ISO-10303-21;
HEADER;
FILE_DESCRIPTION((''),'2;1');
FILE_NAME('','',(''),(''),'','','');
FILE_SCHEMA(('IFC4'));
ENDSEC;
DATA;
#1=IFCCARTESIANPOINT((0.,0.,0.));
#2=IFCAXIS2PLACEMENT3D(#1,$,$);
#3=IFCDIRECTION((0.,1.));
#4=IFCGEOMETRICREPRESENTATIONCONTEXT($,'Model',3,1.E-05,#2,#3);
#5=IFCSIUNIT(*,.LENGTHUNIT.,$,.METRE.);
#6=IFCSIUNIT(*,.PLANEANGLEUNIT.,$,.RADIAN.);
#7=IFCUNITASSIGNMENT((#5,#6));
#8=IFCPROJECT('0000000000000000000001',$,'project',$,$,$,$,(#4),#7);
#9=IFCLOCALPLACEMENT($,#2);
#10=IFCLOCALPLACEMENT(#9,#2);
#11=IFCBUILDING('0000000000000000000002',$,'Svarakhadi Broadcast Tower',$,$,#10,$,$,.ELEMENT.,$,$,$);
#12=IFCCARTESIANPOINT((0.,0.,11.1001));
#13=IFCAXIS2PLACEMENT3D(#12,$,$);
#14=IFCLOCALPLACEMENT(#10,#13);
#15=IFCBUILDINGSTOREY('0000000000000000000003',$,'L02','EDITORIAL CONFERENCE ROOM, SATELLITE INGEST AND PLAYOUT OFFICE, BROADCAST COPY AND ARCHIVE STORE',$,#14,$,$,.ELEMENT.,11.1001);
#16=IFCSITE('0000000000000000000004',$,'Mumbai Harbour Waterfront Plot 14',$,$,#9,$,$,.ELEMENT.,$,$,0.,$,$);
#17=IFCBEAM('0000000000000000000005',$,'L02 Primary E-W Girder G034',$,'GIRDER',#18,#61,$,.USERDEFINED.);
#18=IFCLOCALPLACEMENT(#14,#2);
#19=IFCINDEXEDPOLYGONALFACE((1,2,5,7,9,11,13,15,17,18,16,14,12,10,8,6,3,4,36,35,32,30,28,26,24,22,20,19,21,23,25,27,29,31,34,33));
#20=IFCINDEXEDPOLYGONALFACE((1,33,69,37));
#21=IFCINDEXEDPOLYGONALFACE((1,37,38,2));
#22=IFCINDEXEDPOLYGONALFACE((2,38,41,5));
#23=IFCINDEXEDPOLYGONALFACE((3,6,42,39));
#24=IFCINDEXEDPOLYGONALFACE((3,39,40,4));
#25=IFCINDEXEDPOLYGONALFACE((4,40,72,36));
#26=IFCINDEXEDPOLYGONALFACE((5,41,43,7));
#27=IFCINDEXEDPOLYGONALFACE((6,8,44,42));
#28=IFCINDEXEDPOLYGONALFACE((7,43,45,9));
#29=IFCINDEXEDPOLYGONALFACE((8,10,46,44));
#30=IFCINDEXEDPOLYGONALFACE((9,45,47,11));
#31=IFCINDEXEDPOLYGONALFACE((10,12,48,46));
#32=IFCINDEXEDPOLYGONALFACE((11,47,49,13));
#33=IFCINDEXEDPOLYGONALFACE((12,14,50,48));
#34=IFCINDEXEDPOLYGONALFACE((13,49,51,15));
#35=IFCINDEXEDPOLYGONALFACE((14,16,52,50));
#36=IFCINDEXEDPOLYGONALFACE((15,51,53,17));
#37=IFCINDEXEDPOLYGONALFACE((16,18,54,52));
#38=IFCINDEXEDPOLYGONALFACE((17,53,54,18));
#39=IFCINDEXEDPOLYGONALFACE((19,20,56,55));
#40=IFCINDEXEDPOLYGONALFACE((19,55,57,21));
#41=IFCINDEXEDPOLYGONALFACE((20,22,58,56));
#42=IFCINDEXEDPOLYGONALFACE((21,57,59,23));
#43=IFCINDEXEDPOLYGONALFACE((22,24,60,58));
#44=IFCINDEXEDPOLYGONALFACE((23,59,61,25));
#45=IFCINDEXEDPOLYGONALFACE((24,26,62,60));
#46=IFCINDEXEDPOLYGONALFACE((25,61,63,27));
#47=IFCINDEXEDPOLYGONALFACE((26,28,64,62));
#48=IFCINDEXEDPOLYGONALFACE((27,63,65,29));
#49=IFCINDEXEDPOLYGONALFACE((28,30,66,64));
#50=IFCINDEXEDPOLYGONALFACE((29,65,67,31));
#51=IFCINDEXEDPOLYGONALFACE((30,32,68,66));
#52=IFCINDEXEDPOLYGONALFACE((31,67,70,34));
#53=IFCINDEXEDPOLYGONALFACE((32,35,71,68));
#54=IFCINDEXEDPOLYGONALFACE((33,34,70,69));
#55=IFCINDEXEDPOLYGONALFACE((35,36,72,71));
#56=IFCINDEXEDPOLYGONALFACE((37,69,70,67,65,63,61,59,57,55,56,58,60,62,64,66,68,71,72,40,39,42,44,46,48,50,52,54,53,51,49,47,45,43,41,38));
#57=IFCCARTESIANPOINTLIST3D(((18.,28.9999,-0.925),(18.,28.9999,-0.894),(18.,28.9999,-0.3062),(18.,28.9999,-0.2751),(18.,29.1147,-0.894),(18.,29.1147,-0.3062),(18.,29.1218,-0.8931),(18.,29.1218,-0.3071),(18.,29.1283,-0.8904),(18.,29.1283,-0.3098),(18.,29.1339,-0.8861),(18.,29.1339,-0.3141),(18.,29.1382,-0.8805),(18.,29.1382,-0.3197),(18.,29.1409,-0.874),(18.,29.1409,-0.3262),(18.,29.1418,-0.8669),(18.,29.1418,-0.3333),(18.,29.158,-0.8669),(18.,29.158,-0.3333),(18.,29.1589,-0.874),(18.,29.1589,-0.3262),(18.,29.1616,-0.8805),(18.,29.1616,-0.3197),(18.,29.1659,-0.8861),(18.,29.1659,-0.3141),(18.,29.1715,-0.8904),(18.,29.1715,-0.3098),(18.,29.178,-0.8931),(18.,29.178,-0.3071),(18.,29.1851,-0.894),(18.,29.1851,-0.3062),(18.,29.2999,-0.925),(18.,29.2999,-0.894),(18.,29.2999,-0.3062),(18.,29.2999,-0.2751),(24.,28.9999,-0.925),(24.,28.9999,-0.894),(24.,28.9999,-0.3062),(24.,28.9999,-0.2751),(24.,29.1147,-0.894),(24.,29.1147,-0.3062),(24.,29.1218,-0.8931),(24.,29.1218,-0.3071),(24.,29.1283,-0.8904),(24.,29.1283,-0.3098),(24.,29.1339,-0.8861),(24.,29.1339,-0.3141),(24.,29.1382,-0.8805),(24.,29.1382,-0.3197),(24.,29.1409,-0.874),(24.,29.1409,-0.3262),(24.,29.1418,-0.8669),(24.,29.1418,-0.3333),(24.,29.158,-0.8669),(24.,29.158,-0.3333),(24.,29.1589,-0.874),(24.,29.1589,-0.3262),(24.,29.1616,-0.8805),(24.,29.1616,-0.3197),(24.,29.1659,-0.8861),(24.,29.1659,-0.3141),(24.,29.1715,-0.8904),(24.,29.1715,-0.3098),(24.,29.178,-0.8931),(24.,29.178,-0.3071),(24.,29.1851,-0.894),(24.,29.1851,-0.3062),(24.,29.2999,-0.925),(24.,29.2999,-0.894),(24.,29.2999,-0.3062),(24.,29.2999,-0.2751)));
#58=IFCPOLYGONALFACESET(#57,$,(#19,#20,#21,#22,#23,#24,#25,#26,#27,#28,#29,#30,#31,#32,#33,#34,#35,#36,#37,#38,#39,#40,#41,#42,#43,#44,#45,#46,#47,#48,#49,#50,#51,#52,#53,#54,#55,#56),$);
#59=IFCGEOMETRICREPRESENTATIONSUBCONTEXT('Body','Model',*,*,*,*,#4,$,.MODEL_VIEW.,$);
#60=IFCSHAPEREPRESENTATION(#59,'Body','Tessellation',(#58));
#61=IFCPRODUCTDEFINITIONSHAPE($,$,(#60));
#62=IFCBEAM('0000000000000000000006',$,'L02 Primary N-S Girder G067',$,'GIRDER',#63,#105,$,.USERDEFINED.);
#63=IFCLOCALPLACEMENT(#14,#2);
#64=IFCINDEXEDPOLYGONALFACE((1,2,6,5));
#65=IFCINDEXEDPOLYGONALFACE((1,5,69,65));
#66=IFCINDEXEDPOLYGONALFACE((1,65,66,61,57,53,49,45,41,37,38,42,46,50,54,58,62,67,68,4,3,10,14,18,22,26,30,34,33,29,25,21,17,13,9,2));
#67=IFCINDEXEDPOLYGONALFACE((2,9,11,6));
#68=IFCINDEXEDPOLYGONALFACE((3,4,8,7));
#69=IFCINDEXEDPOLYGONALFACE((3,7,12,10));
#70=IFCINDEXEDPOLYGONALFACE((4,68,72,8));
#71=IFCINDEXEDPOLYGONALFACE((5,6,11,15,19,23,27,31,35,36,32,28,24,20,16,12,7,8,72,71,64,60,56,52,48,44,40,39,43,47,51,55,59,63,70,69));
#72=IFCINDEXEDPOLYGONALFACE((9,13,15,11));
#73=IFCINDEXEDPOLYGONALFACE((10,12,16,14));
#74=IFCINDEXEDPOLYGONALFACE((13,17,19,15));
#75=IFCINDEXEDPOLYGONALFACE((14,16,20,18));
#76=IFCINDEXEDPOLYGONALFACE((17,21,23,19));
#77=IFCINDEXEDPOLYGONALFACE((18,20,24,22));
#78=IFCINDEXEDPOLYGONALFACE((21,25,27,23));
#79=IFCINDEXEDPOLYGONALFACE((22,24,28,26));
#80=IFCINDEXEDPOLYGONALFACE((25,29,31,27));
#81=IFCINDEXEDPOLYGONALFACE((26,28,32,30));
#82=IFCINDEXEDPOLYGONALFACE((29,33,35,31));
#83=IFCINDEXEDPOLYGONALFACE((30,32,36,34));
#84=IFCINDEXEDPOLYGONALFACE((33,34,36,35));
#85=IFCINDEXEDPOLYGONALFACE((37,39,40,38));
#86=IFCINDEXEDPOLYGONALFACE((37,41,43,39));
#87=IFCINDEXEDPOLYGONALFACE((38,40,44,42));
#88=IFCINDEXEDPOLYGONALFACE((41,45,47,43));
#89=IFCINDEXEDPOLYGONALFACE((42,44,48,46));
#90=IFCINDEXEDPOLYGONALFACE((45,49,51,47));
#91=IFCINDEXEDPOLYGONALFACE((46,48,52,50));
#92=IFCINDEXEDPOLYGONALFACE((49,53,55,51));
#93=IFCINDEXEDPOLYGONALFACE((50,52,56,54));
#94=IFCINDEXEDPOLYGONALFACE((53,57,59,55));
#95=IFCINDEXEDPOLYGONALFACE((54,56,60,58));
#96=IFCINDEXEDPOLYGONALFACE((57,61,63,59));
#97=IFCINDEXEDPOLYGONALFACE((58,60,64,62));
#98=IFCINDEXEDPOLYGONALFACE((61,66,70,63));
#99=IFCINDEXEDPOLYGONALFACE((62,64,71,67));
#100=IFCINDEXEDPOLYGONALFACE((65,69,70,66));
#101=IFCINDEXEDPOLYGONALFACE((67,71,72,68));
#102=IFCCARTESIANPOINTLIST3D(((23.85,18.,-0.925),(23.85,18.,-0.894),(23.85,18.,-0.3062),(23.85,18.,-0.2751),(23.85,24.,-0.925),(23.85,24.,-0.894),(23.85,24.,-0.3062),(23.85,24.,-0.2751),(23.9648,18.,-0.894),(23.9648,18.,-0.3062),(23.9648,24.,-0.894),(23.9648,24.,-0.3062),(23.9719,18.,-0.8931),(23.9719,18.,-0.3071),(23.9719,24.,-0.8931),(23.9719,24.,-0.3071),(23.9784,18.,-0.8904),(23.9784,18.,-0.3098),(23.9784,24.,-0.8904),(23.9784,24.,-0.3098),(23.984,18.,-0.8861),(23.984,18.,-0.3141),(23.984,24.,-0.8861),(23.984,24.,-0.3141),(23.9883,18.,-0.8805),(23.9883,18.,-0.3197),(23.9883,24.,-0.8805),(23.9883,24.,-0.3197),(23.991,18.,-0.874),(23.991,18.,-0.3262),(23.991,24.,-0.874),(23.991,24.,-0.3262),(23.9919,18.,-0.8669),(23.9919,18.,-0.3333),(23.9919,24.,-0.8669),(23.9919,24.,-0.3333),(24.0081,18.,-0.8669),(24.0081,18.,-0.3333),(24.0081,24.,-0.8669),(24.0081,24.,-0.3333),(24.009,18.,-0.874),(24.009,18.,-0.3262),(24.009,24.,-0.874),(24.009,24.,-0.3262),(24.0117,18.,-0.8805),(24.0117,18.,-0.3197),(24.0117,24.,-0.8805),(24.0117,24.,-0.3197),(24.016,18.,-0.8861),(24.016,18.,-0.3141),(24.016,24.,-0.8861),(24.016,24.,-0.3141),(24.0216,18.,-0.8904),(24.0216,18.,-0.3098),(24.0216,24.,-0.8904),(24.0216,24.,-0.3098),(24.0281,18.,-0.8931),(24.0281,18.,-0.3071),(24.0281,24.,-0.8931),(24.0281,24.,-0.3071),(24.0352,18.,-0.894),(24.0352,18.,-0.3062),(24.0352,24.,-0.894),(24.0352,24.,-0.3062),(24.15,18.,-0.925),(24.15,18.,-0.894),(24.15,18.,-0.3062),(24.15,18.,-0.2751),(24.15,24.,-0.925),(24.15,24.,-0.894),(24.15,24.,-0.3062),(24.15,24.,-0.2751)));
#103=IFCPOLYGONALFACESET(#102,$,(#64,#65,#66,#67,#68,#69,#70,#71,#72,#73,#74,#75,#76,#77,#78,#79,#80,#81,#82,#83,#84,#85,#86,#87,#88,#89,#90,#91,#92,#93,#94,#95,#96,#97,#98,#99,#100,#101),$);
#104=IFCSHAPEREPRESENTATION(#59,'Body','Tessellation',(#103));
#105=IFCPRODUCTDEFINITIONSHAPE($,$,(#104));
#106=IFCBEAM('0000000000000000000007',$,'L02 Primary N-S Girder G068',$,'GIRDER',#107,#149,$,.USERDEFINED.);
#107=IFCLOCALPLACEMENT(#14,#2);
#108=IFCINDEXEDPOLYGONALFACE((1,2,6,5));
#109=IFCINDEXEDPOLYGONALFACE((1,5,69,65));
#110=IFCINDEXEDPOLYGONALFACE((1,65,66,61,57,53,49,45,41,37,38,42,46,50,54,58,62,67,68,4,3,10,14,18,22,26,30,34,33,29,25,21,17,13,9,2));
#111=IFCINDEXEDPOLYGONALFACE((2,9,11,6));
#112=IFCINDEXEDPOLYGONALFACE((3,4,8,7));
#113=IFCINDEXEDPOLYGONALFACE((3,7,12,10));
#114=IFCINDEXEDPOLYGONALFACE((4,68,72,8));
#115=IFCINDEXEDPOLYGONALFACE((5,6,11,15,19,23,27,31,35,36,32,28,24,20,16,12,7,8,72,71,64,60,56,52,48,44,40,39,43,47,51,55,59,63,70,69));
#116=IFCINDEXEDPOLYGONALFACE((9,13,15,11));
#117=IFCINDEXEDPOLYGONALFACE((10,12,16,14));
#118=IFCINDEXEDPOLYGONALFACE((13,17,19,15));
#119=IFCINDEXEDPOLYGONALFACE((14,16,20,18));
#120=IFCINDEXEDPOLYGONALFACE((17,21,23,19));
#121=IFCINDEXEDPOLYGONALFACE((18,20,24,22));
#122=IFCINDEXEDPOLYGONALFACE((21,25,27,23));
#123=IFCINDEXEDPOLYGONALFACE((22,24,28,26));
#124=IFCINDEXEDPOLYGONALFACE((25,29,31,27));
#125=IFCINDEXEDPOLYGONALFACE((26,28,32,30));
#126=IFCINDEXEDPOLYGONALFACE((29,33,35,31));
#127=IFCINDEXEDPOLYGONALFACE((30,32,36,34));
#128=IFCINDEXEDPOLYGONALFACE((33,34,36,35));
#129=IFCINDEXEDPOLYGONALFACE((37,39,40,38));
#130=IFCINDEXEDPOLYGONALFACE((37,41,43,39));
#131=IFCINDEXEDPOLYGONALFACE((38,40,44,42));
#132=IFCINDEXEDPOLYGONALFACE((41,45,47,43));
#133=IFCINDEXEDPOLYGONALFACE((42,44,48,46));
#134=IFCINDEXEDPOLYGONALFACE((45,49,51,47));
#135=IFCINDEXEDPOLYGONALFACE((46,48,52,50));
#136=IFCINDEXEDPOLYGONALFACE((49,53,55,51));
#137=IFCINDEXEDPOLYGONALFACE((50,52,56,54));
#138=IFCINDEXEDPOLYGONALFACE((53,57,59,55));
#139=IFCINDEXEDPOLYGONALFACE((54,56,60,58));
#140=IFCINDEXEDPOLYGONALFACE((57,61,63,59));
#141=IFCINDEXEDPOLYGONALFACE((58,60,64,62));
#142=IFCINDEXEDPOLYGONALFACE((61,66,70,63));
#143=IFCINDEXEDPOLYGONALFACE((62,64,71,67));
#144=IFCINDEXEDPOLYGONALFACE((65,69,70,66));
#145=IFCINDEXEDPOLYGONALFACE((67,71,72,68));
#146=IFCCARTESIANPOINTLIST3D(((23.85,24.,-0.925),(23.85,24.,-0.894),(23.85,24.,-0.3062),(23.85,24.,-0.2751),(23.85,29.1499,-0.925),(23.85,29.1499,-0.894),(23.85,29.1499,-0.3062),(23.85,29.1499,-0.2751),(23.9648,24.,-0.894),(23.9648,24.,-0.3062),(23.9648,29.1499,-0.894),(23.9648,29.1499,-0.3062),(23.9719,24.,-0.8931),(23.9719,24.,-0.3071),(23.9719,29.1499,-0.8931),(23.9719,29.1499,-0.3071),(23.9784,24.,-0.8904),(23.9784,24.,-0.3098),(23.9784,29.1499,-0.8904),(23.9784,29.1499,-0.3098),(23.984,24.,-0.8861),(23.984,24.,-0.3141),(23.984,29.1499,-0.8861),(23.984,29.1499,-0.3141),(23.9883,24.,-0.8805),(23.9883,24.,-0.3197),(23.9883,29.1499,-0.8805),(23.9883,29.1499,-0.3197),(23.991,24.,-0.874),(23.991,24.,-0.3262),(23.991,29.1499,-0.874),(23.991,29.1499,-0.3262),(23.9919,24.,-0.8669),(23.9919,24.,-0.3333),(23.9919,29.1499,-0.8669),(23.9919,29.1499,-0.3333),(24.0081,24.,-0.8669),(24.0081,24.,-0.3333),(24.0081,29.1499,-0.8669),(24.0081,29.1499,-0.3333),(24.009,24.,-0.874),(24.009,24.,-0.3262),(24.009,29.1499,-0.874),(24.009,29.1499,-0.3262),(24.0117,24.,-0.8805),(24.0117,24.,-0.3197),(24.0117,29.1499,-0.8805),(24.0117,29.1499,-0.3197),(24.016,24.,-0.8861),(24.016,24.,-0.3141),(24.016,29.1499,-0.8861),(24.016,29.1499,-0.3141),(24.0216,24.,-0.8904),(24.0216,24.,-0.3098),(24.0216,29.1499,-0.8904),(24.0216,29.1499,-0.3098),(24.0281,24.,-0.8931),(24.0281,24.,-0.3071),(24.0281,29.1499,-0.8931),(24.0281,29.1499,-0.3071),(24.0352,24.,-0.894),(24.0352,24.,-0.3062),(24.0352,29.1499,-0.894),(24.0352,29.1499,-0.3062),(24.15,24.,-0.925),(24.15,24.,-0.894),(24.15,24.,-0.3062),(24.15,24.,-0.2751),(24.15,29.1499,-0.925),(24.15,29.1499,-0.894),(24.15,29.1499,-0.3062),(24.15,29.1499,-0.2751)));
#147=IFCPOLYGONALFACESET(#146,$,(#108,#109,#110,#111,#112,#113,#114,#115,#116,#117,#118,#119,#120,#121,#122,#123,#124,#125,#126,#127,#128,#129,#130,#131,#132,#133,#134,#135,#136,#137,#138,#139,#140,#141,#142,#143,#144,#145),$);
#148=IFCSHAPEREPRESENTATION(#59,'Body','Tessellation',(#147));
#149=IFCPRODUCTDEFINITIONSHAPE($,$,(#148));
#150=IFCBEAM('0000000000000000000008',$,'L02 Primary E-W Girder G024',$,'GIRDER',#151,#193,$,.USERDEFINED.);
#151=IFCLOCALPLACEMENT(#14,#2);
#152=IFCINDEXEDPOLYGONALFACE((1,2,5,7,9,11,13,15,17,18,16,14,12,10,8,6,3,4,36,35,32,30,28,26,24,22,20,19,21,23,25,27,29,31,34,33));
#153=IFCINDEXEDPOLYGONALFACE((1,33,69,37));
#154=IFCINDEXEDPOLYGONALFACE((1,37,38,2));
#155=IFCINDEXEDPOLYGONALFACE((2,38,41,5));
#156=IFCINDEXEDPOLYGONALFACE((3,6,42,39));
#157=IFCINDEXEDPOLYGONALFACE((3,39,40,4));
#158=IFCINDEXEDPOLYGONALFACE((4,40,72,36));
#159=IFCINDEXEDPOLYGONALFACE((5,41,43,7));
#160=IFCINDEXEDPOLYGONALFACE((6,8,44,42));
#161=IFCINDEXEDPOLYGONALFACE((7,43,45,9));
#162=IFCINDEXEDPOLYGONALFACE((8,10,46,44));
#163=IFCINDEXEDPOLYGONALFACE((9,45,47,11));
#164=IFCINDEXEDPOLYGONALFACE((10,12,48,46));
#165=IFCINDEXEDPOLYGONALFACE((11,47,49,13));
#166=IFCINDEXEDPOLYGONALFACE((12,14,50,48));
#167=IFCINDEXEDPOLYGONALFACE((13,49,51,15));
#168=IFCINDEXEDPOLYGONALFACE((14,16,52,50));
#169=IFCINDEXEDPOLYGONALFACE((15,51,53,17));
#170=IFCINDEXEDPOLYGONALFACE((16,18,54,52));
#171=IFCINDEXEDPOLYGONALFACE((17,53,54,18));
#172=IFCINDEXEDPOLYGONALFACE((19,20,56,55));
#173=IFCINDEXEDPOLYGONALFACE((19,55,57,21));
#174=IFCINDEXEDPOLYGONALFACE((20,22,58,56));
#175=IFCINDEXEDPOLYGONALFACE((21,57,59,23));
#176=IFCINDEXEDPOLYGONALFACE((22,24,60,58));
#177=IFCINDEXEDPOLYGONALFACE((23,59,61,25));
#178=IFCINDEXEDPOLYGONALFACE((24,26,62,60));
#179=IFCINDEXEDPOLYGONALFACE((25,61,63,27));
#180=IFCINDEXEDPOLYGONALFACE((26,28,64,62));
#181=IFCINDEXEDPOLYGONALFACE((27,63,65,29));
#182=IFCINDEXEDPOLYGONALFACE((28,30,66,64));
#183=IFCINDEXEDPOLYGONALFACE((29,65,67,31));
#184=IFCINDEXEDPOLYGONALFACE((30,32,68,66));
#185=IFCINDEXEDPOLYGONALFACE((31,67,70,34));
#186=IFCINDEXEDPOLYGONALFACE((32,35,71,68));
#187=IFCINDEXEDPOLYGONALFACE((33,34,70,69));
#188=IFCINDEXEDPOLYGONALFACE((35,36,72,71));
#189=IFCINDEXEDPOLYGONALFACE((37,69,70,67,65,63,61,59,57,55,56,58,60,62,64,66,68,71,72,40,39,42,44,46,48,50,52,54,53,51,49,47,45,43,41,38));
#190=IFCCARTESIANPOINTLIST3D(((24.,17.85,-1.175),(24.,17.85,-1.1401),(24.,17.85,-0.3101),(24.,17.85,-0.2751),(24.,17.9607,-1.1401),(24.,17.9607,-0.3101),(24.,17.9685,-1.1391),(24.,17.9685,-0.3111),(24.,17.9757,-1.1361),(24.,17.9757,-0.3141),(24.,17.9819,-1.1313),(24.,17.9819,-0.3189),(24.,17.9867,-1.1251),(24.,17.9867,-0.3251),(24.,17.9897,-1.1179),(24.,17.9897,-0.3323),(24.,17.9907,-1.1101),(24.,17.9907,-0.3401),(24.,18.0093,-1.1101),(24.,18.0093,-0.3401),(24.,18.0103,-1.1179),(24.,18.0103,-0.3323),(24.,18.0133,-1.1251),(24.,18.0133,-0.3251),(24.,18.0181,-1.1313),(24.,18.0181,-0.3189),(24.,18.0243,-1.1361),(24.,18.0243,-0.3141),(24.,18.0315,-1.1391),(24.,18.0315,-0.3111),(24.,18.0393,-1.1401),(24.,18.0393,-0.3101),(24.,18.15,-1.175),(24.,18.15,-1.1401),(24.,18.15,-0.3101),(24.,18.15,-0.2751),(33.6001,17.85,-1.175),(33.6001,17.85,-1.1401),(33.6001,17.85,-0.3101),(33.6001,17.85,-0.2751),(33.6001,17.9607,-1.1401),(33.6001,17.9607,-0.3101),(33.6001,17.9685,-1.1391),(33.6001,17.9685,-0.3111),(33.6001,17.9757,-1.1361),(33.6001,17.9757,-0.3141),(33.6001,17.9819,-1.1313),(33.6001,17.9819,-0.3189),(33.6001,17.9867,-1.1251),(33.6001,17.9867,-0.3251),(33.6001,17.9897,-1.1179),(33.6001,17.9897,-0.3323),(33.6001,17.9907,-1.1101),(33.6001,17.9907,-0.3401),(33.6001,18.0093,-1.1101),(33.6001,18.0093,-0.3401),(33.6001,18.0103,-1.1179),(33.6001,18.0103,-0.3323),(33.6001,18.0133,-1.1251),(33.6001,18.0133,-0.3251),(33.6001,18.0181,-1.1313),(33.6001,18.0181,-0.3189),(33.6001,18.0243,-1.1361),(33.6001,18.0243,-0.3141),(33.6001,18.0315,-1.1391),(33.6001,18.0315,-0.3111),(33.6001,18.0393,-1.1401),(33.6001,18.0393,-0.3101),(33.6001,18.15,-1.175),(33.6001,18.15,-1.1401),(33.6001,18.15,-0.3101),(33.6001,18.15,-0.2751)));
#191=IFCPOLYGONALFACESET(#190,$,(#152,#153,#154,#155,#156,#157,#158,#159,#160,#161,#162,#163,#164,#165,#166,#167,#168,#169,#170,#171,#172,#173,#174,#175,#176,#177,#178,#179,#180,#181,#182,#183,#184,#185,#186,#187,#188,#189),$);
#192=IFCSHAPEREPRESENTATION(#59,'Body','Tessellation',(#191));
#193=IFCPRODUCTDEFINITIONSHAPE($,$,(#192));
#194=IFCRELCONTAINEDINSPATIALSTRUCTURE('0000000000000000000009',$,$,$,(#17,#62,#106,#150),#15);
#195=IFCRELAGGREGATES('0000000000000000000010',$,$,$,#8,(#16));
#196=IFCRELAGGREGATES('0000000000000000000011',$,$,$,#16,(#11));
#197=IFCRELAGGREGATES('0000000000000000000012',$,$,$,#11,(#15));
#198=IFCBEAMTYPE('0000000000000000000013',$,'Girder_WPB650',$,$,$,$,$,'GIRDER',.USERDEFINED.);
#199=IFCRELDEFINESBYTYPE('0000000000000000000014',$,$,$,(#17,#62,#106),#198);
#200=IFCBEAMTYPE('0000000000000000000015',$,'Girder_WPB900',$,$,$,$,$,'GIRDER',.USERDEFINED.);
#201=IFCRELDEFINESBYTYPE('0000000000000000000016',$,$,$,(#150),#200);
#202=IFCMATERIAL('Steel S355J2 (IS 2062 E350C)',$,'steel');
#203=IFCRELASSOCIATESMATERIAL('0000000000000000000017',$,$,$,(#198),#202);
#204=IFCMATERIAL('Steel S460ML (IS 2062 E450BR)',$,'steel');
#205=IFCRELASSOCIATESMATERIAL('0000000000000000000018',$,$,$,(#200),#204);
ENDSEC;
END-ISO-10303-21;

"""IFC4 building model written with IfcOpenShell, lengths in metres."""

from ifc_helpers import new_model, si_unit, direction, frame, origin, origin_2d, place, context, subcontext, project, spatial, i_section, extrude, material, material_profile, profile_set, type_object, element, save


model = new_model("IFC4")

# Units and contexts
model_context = context("Model", 3, precision=1e-05, world=origin(), true_north=direction((0.0, 1.0)))
body_context = subcontext(model_context, "Body", "Model", "MODEL_VIEW")
ifc_project = project(units=[si_unit("LENGTHUNIT", "METRE"), si_unit("PLANEANGLEUNIT", "RADIAN")], contexts=[model_context])

# Site, building, storey
site_placement = place(None, origin())
site = spatial("IfcSite", under=ifc_project, at=site_placement, Name="Mumbai Harbour Waterfront Plot 14", CompositionType="ELEMENT", RefElevation=0.0)
building_placement = place(site_placement, origin())
building = spatial("IfcBuilding", under=site, at=building_placement, Name="Svarakhadi Broadcast Tower", CompositionType="ELEMENT")
storey_placement = place(building_placement, frame((0.0, 0.0, 11.1001)))
storey = spatial("IfcBuildingStorey", under=building, at=storey_placement, Name="L02", Description="EDITORIAL CONFERENCE ROOM, SATELLITE INGEST AND PLAYOUT OFFICE, BROADCAST COPY AND ARCHIVE STORE", CompositionType="ELEMENT", Elevation=11.1001)

# Shared definitions
ifc_material_1 = material(Name="Steel S460ML (IS 2062 E450BR)", Category="steel")

# Beams
ifc_material_2 = material(Name="Steel S355J2 (IS 2062 E350C)", Category="steel")
ifc_material_profile_1 = material_profile(ifc_material_2, i_section(OverallWidth=0.3, OverallDepth=0.6499, WebThickness=0.0161, FlangeThickness=0.031, FilletRadius=0.0271, at=origin_2d()), Name="WPB 650x300x225")
ifc_profile_set_1 = profile_set([ifc_material_profile_1], Name="Steel S355J2 (IS 2062 E350C)")
beam_type_1 = type_object("IfcBeamType", Name="Girder_WPB650", ElementType="GIRDER", PredefinedType="USERDEFINED", material=ifc_profile_set_1)
for number, where, z_axis, x_axis, name in (
    (1, (18.0, 29.1499, -0.6001), (1.0, 0.0, 0.0), (0.0, 1.0, 0.0), "L02 Primary E-W Girder G034"),
    (2, (24.0, 18.0, -0.6001), (0.0, 1.0, 0.0), (-1.0, 0.0, 0.0), "L02 Primary N-S Girder G067"),
):
    element("IfcBeam", number, at=place(storey_placement, frame(where, z_axis=z_axis, x_axis=x_axis)), inside=storey, type_object=beam_type_1, Name=name, ObjectType="GIRDER", PredefinedType="USERDEFINED", context=body_context, shape_type="SweptSolid", body=[
        extrude(i_section(OverallWidth=0.3, OverallDepth=0.6499, WebThickness=0.0161, FlangeThickness=0.031, FilletRadius=0.0271, at=origin_2d()), origin(), (0.0, 0.0, 1.0), 6.0),
    ])
beam_1_placement = place(storey_placement, frame((24.0, 24.0, -0.6001), z_axis=(0.0, 1.0, 0.0), x_axis=(-1.0, 0.0, 0.0)))
element("IfcBeam", 3, at=beam_1_placement, inside=storey, type_object=beam_type_1, Name="L02 Primary N-S Girder G068", ObjectType="GIRDER", PredefinedType="USERDEFINED", context=body_context, shape_type="SweptSolid", body=[
    extrude(i_section(OverallWidth=0.3, OverallDepth=0.6499, WebThickness=0.0161, FlangeThickness=0.031, FilletRadius=0.0271, at=origin_2d()), origin(), (0.0, 0.0, 1.0), 5.1499),
])
ifc_material_profile_2 = material_profile(ifc_material_1, i_section(OverallWidth=0.3, OverallDepth=0.8999, WebThickness=0.0186, FlangeThickness=0.0349, FilletRadius=0.03, at=origin_2d()), Name="WPB 900x300x291")
ifc_profile_set_2 = profile_set([ifc_material_profile_2], Name="Steel S460ML (IS 2062 E450BR)")
beam_type_2 = type_object("IfcBeamType", Name="Girder_WPB900", ElementType="GIRDER", PredefinedType="USERDEFINED", material=ifc_profile_set_2)
beam_2_placement = place(storey_placement, frame((24.0, 18.0, -0.7251), z_axis=(1.0, 0.0, 0.0), x_axis=(0.0, 1.0, 0.0)))
element("IfcBeam", 4, at=beam_2_placement, inside=storey, type_object=beam_type_2, Name="L02 Primary E-W Girder G024", ObjectType="GIRDER", PredefinedType="USERDEFINED", context=body_context, shape_type="SweptSolid", body=[
    extrude(i_section(OverallWidth=0.3, OverallDepth=0.8999, WebThickness=0.0186, FlangeThickness=0.0349, FilletRadius=0.03, at=origin_2d()), origin(), (0.0, 0.0, 1.0), 9.6001),
])

save(model, "model.ifc")
